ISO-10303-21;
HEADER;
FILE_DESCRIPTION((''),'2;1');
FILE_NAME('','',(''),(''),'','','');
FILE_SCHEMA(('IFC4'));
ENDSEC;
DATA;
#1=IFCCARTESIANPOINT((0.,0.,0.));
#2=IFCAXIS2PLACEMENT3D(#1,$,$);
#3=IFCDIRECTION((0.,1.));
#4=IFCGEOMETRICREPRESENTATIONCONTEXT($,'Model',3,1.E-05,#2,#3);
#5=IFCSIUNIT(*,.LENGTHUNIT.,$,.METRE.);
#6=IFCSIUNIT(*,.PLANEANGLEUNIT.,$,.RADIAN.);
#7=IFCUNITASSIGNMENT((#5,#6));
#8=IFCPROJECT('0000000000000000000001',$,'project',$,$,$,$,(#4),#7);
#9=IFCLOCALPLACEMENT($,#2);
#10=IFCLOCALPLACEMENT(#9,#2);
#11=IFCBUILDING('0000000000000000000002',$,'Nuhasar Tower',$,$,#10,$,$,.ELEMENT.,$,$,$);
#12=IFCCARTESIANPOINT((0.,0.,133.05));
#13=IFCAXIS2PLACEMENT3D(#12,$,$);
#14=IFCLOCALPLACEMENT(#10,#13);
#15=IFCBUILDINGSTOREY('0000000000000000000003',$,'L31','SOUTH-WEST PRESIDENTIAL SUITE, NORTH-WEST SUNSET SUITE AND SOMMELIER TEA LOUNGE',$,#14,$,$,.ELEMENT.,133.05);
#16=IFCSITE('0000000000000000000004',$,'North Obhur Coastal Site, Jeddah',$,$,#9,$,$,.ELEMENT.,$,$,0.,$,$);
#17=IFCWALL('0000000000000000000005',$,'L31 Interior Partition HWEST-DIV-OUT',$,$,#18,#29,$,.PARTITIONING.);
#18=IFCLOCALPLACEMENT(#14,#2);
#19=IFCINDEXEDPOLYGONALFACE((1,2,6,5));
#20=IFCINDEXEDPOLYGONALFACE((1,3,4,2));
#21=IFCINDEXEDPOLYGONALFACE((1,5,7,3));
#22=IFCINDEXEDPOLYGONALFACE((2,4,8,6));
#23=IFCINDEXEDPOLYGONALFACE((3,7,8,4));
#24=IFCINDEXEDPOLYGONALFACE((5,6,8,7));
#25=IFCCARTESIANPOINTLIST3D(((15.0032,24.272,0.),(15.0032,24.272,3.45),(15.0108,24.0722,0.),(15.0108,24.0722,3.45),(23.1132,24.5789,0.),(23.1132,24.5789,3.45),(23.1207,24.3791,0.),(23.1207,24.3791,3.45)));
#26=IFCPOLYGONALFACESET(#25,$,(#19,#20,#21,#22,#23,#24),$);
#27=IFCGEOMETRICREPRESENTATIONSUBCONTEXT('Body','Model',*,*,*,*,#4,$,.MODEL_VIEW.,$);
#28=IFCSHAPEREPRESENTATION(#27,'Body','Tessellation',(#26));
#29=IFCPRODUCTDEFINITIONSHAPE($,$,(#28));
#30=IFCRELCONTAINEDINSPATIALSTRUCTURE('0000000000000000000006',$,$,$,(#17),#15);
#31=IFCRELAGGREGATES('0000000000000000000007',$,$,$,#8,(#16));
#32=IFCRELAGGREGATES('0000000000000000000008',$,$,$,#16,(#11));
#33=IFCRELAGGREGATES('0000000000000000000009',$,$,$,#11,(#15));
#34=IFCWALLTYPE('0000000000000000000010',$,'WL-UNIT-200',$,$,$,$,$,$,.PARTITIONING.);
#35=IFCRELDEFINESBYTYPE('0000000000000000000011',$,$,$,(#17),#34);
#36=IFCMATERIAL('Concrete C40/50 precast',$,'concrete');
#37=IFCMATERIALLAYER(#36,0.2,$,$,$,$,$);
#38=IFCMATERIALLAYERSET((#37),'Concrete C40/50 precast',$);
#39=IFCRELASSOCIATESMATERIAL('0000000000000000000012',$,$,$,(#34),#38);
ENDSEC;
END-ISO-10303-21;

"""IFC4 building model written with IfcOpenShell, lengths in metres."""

from ifc_helpers import new_model, si_unit, direction, frame, frame_2d, origin, place, context, subcontext, project, spatial, rectangle, extrude, material, layer, layer_set, type_object, element, save


model = new_model("IFC4")

# Units and contexts
model_context = context("Model", 3, precision=1e-05, world=origin(), true_north=direction((0.0, 1.0)))
body_context = subcontext(model_context, "Body", "Model", "MODEL_VIEW")
ifc_project = project(units=[si_unit("LENGTHUNIT", "METRE"), si_unit("PLANEANGLEUNIT", "RADIAN")], contexts=[model_context])

# Site, building, storey
site_placement = place(None, origin())
site = spatial("IfcSite", under=ifc_project, at=site_placement, Name="North Obhur Coastal Site, Jeddah", CompositionType="ELEMENT", RefElevation=0.0)
building_placement = place(site_placement, origin())
building = spatial("IfcBuilding", under=site, at=building_placement, Name="Nuhasar Tower", CompositionType="ELEMENT")
storey_placement = place(building_placement, frame((0.0, 0.0, 133.05)))
storey = spatial("IfcBuildingStorey", under=building, at=storey_placement, Name="L31", Description="SOUTH-WEST PRESIDENTIAL SUITE, NORTH-WEST SUNSET SUITE AND SOMMELIER TEA LOUNGE", CompositionType="ELEMENT", Elevation=133.05)

# Wall
ifc_material_1 = material(Name="Concrete C40/50 precast", Category="concrete")
ifc_layer_1 = layer(ifc_material_1, 0.2)
ifc_layer_set_1 = layer_set([ifc_layer_1], Name="Concrete C40/50 precast")
wall_type_1 = type_object("IfcWallType", Name="WL-UNIT-200", PredefinedType="PARTITIONING", material=ifc_layer_set_1)
wall_1_placement = place(storey_placement, frame((23.1169, 24.479, 0.0), z_axis=(0.0, 0.0, 1.0), x_axis=(-0.999285, -0.037814, 0.0)))
element("IfcWall", 1, at=wall_1_placement, inside=storey, type_object=wall_type_1, Name="L31 Interior Partition HWEST-DIV-OUT", PredefinedType="PARTITIONING", context=body_context, shape_type="SweptSolid", body=[
    extrude(rectangle(XDim=8.1157, YDim=0.2, at=frame_2d((4.0579, 0.0))), origin(), (0.0, 0.0, 1.0), 3.45),
])

save(model, "model.ifc")
